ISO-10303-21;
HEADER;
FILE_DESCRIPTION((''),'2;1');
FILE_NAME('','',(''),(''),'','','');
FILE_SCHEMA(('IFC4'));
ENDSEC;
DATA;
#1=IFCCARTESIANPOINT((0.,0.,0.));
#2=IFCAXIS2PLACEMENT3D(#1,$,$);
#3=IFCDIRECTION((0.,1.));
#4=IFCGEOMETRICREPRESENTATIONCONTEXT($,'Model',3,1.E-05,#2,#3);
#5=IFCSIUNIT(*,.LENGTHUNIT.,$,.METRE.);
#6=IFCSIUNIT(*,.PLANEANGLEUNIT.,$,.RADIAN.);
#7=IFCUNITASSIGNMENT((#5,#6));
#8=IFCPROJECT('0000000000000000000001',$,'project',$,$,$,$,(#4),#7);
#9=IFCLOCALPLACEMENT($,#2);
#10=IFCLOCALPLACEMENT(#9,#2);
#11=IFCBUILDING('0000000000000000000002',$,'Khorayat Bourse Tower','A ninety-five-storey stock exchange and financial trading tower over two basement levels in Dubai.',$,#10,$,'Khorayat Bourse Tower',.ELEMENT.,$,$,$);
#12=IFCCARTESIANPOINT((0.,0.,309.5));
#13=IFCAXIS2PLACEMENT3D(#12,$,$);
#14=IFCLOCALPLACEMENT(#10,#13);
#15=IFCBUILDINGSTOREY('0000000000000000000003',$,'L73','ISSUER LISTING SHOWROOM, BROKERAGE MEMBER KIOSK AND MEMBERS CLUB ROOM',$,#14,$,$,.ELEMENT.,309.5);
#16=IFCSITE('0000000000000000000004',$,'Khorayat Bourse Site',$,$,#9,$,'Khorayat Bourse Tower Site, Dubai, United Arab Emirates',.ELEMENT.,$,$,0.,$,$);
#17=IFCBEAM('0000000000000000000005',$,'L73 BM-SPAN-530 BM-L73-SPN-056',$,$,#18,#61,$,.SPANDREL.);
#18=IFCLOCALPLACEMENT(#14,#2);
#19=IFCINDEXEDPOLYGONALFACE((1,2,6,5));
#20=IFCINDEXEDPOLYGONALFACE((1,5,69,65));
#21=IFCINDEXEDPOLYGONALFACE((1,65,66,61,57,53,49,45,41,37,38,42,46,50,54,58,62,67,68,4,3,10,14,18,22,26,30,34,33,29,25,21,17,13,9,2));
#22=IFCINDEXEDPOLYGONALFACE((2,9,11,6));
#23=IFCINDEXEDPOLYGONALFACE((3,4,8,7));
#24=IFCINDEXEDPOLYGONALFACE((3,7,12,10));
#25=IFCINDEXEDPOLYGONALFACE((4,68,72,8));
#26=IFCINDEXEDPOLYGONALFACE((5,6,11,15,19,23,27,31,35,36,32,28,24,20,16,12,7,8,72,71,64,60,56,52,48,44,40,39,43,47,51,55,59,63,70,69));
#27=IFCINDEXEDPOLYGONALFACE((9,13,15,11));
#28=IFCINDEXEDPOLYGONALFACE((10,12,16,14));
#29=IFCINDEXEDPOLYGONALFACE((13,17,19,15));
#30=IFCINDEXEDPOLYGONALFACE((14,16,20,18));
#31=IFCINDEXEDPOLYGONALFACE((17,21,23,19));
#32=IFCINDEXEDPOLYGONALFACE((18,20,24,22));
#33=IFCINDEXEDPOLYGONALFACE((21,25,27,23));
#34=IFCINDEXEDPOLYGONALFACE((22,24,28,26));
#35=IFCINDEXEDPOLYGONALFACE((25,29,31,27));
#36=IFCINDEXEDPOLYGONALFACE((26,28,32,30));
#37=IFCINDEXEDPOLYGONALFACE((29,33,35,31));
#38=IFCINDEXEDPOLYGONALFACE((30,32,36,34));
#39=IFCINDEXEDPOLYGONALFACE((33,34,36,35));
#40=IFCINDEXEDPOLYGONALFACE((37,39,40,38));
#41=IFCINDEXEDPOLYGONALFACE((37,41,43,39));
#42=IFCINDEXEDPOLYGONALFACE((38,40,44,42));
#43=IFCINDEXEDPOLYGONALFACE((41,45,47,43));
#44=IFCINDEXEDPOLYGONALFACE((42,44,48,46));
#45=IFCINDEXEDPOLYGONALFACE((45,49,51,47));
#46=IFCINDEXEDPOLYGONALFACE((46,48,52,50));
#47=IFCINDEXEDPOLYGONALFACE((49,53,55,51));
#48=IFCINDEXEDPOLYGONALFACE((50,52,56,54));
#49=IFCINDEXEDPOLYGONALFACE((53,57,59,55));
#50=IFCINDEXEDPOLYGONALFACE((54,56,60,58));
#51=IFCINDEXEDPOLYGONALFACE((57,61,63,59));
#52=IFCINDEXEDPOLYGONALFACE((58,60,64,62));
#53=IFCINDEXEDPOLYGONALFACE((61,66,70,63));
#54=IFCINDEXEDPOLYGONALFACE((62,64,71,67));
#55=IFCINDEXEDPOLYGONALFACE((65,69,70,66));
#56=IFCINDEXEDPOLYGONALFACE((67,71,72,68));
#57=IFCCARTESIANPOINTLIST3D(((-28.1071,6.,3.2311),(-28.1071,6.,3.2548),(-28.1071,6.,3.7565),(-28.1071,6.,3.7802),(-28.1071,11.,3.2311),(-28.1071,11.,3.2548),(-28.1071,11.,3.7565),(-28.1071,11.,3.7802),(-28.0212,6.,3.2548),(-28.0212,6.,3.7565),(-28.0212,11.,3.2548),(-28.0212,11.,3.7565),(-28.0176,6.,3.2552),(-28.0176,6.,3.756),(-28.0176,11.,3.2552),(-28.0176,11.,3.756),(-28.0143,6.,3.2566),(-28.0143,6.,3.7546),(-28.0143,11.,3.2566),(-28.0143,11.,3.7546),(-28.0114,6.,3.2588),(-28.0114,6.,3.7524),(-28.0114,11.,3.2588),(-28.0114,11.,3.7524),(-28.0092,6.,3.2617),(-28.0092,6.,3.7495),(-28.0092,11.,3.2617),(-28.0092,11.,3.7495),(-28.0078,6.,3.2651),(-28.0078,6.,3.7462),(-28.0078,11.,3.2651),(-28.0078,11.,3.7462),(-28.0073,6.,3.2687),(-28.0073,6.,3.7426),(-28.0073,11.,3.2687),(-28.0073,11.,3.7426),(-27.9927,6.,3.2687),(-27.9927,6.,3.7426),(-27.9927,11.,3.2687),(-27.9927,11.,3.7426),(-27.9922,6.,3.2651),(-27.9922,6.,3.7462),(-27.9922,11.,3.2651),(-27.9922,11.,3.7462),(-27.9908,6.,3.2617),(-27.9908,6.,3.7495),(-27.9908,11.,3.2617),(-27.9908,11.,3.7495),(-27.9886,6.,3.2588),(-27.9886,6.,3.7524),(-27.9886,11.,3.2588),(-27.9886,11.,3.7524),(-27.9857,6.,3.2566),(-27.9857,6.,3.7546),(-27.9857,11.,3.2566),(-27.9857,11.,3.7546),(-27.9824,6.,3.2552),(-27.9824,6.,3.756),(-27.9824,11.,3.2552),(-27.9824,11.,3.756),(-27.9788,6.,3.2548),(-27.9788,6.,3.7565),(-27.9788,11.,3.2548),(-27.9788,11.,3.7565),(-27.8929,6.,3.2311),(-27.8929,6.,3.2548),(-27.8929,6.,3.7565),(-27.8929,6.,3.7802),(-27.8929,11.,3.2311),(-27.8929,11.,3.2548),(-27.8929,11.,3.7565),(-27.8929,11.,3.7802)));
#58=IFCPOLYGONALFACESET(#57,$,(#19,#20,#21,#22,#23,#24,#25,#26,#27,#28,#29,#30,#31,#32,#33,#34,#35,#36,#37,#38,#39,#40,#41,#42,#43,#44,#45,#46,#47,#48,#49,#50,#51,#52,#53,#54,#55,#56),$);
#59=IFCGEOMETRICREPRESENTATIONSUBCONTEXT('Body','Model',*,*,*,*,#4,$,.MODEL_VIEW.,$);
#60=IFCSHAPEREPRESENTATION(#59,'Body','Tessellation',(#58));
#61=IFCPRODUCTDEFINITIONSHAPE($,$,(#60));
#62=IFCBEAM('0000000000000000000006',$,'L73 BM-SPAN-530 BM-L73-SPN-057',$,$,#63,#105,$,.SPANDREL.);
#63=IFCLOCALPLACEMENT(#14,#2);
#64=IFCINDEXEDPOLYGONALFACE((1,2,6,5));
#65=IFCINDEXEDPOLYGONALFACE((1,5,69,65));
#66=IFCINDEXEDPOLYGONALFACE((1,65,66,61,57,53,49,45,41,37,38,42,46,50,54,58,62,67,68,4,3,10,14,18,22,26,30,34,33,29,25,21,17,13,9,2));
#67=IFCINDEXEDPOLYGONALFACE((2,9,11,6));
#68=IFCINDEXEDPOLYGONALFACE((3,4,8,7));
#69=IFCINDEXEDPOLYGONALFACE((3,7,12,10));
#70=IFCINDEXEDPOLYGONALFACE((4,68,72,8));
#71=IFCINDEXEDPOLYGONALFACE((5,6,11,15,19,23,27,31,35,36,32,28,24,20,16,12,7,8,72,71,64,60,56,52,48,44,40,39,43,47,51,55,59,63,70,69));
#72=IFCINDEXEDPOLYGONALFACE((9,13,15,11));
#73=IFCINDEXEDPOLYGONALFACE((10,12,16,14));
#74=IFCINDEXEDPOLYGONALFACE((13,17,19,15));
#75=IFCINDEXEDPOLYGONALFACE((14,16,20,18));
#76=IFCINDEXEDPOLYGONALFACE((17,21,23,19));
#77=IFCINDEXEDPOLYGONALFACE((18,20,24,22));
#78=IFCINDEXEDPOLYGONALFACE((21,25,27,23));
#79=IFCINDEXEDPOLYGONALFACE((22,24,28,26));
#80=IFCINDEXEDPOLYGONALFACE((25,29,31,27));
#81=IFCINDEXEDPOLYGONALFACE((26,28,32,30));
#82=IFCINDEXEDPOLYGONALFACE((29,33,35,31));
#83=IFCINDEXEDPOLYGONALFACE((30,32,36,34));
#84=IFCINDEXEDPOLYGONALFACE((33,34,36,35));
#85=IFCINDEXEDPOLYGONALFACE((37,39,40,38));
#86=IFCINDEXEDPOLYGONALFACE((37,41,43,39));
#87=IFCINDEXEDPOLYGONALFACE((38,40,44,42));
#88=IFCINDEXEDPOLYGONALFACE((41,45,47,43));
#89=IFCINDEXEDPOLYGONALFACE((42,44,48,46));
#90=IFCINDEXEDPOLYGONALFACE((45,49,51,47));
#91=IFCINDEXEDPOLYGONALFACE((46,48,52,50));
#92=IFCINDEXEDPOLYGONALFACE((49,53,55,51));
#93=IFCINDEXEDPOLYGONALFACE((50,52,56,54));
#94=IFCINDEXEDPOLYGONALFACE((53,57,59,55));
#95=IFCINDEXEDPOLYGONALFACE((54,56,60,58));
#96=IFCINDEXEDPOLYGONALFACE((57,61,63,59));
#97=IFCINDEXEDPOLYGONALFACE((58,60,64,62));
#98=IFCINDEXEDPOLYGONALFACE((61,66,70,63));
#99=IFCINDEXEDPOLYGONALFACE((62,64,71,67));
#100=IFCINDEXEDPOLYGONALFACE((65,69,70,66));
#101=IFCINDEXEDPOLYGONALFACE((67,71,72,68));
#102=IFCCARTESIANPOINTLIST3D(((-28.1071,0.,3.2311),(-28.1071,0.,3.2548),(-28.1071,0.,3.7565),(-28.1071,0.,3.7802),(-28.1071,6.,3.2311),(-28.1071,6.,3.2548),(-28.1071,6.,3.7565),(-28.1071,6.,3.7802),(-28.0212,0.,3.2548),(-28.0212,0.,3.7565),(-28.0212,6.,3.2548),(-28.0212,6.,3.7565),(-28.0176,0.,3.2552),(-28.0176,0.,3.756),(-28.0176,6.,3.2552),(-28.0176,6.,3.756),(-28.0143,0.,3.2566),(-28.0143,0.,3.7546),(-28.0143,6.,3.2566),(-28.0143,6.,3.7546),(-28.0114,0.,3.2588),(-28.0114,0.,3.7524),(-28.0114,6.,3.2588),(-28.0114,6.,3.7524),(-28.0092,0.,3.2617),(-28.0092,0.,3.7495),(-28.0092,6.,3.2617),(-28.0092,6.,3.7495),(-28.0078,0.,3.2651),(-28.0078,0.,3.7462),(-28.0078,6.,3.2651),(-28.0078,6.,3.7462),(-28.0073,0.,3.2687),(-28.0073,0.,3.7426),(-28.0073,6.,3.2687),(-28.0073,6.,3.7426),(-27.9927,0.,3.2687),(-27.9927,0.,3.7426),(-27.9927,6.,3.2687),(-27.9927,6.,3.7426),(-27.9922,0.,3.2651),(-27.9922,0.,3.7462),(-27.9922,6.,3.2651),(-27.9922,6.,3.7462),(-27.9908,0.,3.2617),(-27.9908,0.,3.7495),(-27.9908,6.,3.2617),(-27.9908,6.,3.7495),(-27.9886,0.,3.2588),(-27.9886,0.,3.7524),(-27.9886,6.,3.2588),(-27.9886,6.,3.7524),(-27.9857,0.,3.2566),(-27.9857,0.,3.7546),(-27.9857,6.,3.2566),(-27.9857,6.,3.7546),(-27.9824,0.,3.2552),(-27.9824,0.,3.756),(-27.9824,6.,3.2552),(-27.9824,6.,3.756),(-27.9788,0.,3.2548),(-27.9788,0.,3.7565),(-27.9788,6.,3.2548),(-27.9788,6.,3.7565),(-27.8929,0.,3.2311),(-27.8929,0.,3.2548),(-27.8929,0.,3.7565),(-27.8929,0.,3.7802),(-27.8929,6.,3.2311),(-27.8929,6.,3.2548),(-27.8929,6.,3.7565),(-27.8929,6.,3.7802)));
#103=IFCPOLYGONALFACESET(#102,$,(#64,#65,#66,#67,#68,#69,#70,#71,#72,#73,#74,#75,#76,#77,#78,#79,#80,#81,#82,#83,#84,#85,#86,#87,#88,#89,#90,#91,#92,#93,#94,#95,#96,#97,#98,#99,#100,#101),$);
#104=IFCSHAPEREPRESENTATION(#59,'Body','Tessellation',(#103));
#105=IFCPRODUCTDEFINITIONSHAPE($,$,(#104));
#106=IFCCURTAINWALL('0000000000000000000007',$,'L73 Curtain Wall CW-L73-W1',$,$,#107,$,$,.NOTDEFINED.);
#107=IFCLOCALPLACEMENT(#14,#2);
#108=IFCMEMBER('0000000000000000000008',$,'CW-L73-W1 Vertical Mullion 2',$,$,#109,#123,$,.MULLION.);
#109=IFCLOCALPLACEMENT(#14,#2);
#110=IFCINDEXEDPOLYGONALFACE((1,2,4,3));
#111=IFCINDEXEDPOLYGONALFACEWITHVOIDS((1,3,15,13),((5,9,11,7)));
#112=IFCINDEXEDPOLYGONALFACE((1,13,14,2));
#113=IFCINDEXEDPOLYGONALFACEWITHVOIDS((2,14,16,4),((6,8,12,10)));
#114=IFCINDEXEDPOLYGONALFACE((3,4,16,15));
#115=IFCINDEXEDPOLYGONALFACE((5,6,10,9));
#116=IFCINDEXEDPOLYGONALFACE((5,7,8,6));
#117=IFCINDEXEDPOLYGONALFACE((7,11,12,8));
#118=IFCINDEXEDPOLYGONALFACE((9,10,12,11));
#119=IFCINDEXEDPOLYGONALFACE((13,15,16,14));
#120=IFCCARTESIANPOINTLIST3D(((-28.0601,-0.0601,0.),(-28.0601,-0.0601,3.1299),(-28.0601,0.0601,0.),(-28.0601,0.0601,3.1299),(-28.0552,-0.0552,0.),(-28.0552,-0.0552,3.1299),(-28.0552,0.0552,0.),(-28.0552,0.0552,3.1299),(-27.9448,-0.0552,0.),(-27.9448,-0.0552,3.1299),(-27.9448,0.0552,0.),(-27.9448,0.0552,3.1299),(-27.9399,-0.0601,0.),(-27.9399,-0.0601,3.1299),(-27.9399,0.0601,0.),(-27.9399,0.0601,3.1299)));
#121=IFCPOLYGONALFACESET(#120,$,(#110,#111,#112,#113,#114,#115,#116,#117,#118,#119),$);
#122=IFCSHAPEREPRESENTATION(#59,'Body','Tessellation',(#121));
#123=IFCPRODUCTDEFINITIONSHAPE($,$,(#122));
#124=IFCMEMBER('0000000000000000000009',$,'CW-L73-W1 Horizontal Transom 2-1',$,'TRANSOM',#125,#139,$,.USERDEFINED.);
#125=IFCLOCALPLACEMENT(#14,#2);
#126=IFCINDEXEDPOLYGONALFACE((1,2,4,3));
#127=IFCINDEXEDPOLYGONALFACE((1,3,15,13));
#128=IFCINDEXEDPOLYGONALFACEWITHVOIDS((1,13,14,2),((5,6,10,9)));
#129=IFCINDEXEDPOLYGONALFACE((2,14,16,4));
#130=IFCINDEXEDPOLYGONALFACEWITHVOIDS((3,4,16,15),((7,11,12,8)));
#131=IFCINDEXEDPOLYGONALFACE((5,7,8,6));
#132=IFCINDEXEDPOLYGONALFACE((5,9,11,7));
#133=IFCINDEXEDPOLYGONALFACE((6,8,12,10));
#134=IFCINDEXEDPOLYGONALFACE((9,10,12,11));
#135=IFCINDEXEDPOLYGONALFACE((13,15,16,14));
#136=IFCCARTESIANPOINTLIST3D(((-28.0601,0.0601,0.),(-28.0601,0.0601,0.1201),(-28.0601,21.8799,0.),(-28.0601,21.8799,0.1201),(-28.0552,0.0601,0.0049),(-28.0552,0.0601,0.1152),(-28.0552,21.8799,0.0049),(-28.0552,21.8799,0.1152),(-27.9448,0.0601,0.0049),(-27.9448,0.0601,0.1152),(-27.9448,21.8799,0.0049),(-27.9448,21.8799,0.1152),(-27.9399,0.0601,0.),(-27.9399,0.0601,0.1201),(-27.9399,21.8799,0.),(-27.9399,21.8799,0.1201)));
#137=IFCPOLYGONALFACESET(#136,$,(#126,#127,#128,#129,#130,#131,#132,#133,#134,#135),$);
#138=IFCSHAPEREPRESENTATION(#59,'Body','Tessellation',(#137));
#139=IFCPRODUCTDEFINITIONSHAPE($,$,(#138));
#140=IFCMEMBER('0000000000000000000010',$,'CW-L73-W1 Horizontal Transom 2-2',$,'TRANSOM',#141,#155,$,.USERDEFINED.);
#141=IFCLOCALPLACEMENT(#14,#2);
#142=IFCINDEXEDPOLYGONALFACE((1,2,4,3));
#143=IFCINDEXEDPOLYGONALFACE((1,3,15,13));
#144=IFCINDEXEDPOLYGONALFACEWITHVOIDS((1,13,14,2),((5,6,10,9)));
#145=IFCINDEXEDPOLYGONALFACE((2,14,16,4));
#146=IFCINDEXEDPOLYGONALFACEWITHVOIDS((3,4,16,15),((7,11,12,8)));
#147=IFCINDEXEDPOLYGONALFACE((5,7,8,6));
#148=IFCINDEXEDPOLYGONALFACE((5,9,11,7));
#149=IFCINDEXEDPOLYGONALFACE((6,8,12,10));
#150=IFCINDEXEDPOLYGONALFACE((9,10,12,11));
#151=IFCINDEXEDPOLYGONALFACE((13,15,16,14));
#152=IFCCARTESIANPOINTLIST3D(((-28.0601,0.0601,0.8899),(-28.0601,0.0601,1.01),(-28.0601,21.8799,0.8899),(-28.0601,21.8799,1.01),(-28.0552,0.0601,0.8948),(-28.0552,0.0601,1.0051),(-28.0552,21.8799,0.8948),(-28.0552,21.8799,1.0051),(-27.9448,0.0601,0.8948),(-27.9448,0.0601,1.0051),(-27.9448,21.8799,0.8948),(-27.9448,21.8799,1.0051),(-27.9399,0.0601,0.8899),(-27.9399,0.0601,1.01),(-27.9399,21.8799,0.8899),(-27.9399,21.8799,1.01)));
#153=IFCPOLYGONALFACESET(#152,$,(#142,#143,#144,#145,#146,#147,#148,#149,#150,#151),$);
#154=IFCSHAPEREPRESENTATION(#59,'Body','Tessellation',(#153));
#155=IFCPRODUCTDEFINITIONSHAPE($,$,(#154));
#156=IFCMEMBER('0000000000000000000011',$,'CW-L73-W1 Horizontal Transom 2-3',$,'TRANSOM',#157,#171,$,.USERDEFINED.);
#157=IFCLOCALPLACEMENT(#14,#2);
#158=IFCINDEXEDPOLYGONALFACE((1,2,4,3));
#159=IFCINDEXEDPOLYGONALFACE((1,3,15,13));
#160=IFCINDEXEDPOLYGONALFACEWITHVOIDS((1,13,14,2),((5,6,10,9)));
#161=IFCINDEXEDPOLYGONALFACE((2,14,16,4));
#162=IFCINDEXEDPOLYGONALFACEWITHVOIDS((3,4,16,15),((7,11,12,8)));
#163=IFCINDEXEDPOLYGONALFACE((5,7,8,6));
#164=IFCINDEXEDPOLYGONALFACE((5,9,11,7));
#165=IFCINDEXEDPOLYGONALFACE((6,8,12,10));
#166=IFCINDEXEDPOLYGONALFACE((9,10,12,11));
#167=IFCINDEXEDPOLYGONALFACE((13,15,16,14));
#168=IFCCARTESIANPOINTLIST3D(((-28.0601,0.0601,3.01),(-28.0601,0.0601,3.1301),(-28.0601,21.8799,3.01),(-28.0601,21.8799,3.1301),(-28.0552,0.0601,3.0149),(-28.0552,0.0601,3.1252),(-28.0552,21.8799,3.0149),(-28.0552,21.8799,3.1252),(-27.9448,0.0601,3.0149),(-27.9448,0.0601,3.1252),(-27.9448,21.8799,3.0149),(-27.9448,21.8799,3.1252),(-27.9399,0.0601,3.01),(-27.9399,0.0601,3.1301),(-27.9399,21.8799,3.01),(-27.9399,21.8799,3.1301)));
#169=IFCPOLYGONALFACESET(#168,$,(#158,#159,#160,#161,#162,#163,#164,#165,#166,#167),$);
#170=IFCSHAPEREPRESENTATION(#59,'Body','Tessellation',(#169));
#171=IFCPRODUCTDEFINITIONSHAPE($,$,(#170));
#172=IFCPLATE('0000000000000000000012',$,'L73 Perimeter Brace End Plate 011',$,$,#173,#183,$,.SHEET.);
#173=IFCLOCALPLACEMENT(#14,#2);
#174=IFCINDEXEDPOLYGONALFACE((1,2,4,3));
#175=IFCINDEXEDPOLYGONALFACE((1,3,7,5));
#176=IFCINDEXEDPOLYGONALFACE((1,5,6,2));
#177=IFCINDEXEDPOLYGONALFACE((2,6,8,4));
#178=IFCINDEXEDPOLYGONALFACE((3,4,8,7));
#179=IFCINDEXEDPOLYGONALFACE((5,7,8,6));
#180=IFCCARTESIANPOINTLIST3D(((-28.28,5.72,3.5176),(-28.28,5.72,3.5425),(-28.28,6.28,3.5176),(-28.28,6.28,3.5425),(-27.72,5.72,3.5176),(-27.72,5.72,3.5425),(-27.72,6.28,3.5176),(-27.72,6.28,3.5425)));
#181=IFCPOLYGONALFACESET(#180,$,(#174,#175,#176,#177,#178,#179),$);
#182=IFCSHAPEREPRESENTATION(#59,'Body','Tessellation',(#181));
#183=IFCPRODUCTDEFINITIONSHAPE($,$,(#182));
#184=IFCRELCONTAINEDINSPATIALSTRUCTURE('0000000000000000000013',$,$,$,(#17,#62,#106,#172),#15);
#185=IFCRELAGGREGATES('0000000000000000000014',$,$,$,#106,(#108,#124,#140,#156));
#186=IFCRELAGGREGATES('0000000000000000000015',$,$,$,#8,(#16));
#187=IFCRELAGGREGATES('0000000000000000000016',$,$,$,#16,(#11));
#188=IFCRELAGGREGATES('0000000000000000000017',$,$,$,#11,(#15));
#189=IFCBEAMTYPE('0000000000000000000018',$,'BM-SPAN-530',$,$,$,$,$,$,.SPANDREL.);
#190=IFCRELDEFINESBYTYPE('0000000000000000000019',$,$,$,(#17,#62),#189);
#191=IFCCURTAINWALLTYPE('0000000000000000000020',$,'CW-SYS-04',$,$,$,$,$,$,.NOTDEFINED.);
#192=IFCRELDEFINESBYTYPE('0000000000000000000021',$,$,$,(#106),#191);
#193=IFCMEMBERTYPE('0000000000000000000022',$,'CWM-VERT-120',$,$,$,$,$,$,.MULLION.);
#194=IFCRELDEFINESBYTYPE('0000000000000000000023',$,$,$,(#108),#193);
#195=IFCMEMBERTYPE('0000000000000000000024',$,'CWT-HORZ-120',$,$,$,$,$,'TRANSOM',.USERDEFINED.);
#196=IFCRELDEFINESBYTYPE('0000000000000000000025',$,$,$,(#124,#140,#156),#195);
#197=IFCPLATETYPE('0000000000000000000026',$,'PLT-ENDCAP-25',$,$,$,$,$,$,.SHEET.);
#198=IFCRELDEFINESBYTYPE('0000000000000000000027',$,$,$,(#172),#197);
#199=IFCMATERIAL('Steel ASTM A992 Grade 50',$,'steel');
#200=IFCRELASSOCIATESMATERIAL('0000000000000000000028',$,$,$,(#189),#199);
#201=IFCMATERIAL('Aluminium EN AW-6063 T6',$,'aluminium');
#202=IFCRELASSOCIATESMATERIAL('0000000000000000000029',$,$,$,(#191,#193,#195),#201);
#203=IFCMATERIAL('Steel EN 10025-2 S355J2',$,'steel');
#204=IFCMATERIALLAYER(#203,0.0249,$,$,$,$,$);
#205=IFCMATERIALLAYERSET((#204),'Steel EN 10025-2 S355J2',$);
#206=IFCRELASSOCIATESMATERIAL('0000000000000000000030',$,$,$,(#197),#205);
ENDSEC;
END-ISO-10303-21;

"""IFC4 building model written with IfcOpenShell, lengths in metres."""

from ifc_helpers import new_model, si_unit, direction, frame, origin, origin_2d, place, context, subcontext, project, spatial, rectangle, hollow_rectangle, i_section, extrude, source, transform, mapped, material, layer, layer_set, material_profile, profile_set, type_object, element, aggregate, save


model = new_model("IFC4")

# Units and contexts
model_context = context("Model", 3, precision=1e-05, world=origin(), true_north=direction((0.0, 1.0)))
body_context = subcontext(model_context, "Body", "Model", "MODEL_VIEW")
ifc_project = project(units=[si_unit("LENGTHUNIT", "METRE"), si_unit("PLANEANGLEUNIT", "RADIAN")], contexts=[model_context])

# Site, building, storey
site_placement = place(None, origin())
site = spatial("IfcSite", under=ifc_project, at=site_placement, Name="Khorayat Bourse Site", LongName="Khorayat Bourse Tower Site, Dubai, United Arab Emirates", CompositionType="ELEMENT", RefElevation=0.0)
building_placement = place(site_placement, origin())
building = spatial("IfcBuilding", under=site, at=building_placement, Name="Khorayat Bourse Tower", Description="A ninety-five-storey stock exchange and financial trading tower over two basement levels in Dubai.", LongName="Khorayat Bourse Tower", CompositionType="ELEMENT")
storey_placement = place(building_placement, frame((0.0, 0.0, 309.5)))
storey = spatial("IfcBuildingStorey", under=building, at=storey_placement, Name="L73", Description="ISSUER LISTING SHOWROOM, BROKERAGE MEMBER KIOSK AND MEMBERS CLUB ROOM", CompositionType="ELEMENT", Elevation=309.5)

# Beams
ifc_material_1 = material(Name="Steel ASTM A992 Grade 50", Category="steel")
ifc_material_profile_1 = material_profile(ifc_material_1, i_section(OverallWidth=0.2141, OverallDepth=0.5491, WebThickness=0.0146, FlangeThickness=0.0237, FilletRadius=0.0139, at=origin_2d()), Name="W530X138")
ifc_profile_set_1 = profile_set([ifc_material_profile_1], Name="Steel ASTM A992 Grade 50")
beam_type_1 = type_object("IfcBeamType", Name="BM-SPAN-530", PredefinedType="SPANDREL", material=ifc_profile_set_1)
shared_shape_1 = source(origin(), body_context, "Body", "SweptSolid", [
    extrude(i_section(OverallWidth=0.2141, OverallDepth=0.5491, WebThickness=0.0146, FlangeThickness=0.0237, FilletRadius=0.0139, at=origin_2d()), origin(), (0.0, 0.0, 1.0), 5.0),
])
beam_1_placement = place(storey_placement, frame((-28.0, 6.0, 3.5056), z_axis=(0.0, 1.0, 0.0), x_axis=(-1.0, 0.0, 0.0)))
element("IfcBeam", 1, at=beam_1_placement, inside=storey, type_object=beam_type_1, Name="L73 BM-SPAN-530 BM-L73-SPN-056", PredefinedType="SPANDREL", context=body_context, shape_type="MappedRepresentation", body=[
    mapped(shared_shape_1, transform((0.0, 0.0, 0.0), scale=1.0)),
])
shared_shape_2 = source(origin(), body_context, "Body", "SweptSolid", [
    extrude(i_section(OverallWidth=0.2141, OverallDepth=0.5491, WebThickness=0.0146, FlangeThickness=0.0237, FilletRadius=0.0139, at=origin_2d()), origin(), (0.0, 0.0, 1.0), 6.0),
])
beam_2_placement = place(storey_placement, frame((-28.0, 0.0, 3.5056), z_axis=(0.0, 1.0, 0.0), x_axis=(-1.0, 0.0, 0.0)))
element("IfcBeam", 2, at=beam_2_placement, inside=storey, type_object=beam_type_1, Name="L73 BM-SPAN-530 BM-L73-SPN-057", PredefinedType="SPANDREL", context=body_context, shape_type="MappedRepresentation", body=[
    mapped(shared_shape_2, transform((0.0, 0.0, 0.0), scale=1.0)),
])

# Curtain wall, members
ifc_material_2 = material(Name="Aluminium EN AW-6063 T6", Category="aluminium")
curtain_wall_type = type_object("IfcCurtainWallType", Name="CW-SYS-04", PredefinedType="NOTDEFINED", material=ifc_material_2)
curtain_wall_placement = place(storey_placement, origin())
curtain_wall = element("IfcCurtainWall", 3, at=curtain_wall_placement, inside=storey, type_object=curtain_wall_type, Name="L73 Curtain Wall CW-L73-W1", PredefinedType="NOTDEFINED")
ifc_material_profile_2 = material_profile(ifc_material_2, hollow_rectangle(XDim=0.1201, YDim=0.1201, WallThickness=0.0049, at=origin_2d()), Name="ALU 120x120x5")
ifc_profile_set_2 = profile_set([ifc_material_profile_2], Name="Aluminium EN AW-6063 T6")
member_type_1 = type_object("IfcMemberType", Name="CWM-VERT-120", PredefinedType="MULLION", material=ifc_profile_set_2)
shared_shape_3 = source(origin(), body_context, "Body", "SweptSolid", [
    extrude(hollow_rectangle(XDim=0.1201, YDim=0.1201, WallThickness=0.0049, at=origin_2d()), origin(), (0.0, 0.0, 1.0), 3.1299),
])
member_1_placement = place(storey_placement, frame((-28.0, 0.0, 0.0), z_axis=(0.0, 0.0, 1.0), x_axis=(-1.0, 0.0, 0.0)))
member_1 = element("IfcMember", 4, at=member_1_placement, type_object=member_type_1, Name="CW-L73-W1 Vertical Mullion 2", PredefinedType="MULLION", context=body_context, shape_type="MappedRepresentation", body=[
    mapped(shared_shape_3, transform((0.0, 0.0, 0.0), scale=1.0)),
])
ifc_material_profile_3 = material_profile(ifc_material_2, hollow_rectangle(XDim=0.1201, YDim=0.1201, WallThickness=0.0049, at=origin_2d()), Name="ALU 120x120x5")
ifc_profile_set_3 = profile_set([ifc_material_profile_3], Name="Aluminium EN AW-6063 T6")
member_type_2 = type_object("IfcMemberType", Name="CWT-HORZ-120", ElementType="TRANSOM", PredefinedType="USERDEFINED", material=ifc_profile_set_3)
shared_shape_4 = source(origin(), body_context, "Body", "SweptSolid", [
    extrude(hollow_rectangle(XDim=0.1201, YDim=0.1201, WallThickness=0.0049, at=origin_2d()), origin(), (0.0, 0.0, 1.0), 21.8198),
])
member_2_placement = place(storey_placement, frame((-28.0, 0.0601, 0.0601), z_axis=(0.0, 1.0, 0.0), x_axis=(-1.0, 0.0, 0.0)))
member_2 = element("IfcMember", 5, at=member_2_placement, type_object=member_type_2, Name="CW-L73-W1 Horizontal Transom 2-1", ObjectType="TRANSOM", PredefinedType="USERDEFINED", context=body_context, shape_type="MappedRepresentation", body=[
    mapped(shared_shape_4, transform((0.0, 0.0, 0.0), scale=1.0)),
])
member_3_placement = place(storey_placement, frame((-28.0, 0.0601, 0.95), z_axis=(0.0, 1.0, 0.0), x_axis=(-1.0, 0.0, 0.0)))
member_3 = element("IfcMember", 6, at=member_3_placement, type_object=member_type_2, Name="CW-L73-W1 Horizontal Transom 2-2", ObjectType="TRANSOM", PredefinedType="USERDEFINED", context=body_context, shape_type="MappedRepresentation", body=[
    mapped(shared_shape_4, transform((0.0, 0.0, 0.0), scale=1.0)),
])
member_4_placement = place(storey_placement, frame((-28.0, 0.0601, 3.0701), z_axis=(0.0, 1.0, 0.0), x_axis=(-1.0, 0.0, 0.0)))
member_4 = element("IfcMember", 7, at=member_4_placement, type_object=member_type_2, Name="CW-L73-W1 Horizontal Transom 2-3", ObjectType="TRANSOM", PredefinedType="USERDEFINED", context=body_context, shape_type="MappedRepresentation", body=[
    mapped(shared_shape_4, transform((0.0, 0.0, 0.0), scale=1.0)),
])

# Plate
ifc_material_3 = material(Name="Steel EN 10025-2 S355J2", Category="steel")
ifc_layer_1 = layer(ifc_material_3, 0.0249)
ifc_layer_set_1 = layer_set([ifc_layer_1], Name="Steel EN 10025-2 S355J2")
plate_type_1 = type_object("IfcPlateType", Name="PLT-ENDCAP-25", PredefinedType="SHEET", material=ifc_layer_set_1)
shared_shape_5 = source(origin(), body_context, "Body", "SweptSolid", [
    extrude(rectangle(XDim=0.5601, YDim=0.5601, at=origin_2d()), origin(), (0.0, 0.0, 1.0), 0.0249),
])
for number, where, z_axis, x_axis, name in (
    (8, (-28.0, 6.0, 3.5176), (0.0, 0.0, 1.0), (1.0, 0.0, 0.0), "L73 Perimeter Brace End Plate 011"),
):
    element("IfcPlate", number, at=place(storey_placement, frame(where, z_axis=z_axis, x_axis=x_axis)), inside=storey, type_object=plate_type_1, Name=name, PredefinedType="SHEET", context=body_context, shape_type="MappedRepresentation", body=[
        mapped(shared_shape_5, transform((0.0, 0.0, 0.0), scale=1.0)),
    ])

aggregate(curtain_wall, [member_1, member_2, member_3, member_4])

save(model, "model.ifc")
